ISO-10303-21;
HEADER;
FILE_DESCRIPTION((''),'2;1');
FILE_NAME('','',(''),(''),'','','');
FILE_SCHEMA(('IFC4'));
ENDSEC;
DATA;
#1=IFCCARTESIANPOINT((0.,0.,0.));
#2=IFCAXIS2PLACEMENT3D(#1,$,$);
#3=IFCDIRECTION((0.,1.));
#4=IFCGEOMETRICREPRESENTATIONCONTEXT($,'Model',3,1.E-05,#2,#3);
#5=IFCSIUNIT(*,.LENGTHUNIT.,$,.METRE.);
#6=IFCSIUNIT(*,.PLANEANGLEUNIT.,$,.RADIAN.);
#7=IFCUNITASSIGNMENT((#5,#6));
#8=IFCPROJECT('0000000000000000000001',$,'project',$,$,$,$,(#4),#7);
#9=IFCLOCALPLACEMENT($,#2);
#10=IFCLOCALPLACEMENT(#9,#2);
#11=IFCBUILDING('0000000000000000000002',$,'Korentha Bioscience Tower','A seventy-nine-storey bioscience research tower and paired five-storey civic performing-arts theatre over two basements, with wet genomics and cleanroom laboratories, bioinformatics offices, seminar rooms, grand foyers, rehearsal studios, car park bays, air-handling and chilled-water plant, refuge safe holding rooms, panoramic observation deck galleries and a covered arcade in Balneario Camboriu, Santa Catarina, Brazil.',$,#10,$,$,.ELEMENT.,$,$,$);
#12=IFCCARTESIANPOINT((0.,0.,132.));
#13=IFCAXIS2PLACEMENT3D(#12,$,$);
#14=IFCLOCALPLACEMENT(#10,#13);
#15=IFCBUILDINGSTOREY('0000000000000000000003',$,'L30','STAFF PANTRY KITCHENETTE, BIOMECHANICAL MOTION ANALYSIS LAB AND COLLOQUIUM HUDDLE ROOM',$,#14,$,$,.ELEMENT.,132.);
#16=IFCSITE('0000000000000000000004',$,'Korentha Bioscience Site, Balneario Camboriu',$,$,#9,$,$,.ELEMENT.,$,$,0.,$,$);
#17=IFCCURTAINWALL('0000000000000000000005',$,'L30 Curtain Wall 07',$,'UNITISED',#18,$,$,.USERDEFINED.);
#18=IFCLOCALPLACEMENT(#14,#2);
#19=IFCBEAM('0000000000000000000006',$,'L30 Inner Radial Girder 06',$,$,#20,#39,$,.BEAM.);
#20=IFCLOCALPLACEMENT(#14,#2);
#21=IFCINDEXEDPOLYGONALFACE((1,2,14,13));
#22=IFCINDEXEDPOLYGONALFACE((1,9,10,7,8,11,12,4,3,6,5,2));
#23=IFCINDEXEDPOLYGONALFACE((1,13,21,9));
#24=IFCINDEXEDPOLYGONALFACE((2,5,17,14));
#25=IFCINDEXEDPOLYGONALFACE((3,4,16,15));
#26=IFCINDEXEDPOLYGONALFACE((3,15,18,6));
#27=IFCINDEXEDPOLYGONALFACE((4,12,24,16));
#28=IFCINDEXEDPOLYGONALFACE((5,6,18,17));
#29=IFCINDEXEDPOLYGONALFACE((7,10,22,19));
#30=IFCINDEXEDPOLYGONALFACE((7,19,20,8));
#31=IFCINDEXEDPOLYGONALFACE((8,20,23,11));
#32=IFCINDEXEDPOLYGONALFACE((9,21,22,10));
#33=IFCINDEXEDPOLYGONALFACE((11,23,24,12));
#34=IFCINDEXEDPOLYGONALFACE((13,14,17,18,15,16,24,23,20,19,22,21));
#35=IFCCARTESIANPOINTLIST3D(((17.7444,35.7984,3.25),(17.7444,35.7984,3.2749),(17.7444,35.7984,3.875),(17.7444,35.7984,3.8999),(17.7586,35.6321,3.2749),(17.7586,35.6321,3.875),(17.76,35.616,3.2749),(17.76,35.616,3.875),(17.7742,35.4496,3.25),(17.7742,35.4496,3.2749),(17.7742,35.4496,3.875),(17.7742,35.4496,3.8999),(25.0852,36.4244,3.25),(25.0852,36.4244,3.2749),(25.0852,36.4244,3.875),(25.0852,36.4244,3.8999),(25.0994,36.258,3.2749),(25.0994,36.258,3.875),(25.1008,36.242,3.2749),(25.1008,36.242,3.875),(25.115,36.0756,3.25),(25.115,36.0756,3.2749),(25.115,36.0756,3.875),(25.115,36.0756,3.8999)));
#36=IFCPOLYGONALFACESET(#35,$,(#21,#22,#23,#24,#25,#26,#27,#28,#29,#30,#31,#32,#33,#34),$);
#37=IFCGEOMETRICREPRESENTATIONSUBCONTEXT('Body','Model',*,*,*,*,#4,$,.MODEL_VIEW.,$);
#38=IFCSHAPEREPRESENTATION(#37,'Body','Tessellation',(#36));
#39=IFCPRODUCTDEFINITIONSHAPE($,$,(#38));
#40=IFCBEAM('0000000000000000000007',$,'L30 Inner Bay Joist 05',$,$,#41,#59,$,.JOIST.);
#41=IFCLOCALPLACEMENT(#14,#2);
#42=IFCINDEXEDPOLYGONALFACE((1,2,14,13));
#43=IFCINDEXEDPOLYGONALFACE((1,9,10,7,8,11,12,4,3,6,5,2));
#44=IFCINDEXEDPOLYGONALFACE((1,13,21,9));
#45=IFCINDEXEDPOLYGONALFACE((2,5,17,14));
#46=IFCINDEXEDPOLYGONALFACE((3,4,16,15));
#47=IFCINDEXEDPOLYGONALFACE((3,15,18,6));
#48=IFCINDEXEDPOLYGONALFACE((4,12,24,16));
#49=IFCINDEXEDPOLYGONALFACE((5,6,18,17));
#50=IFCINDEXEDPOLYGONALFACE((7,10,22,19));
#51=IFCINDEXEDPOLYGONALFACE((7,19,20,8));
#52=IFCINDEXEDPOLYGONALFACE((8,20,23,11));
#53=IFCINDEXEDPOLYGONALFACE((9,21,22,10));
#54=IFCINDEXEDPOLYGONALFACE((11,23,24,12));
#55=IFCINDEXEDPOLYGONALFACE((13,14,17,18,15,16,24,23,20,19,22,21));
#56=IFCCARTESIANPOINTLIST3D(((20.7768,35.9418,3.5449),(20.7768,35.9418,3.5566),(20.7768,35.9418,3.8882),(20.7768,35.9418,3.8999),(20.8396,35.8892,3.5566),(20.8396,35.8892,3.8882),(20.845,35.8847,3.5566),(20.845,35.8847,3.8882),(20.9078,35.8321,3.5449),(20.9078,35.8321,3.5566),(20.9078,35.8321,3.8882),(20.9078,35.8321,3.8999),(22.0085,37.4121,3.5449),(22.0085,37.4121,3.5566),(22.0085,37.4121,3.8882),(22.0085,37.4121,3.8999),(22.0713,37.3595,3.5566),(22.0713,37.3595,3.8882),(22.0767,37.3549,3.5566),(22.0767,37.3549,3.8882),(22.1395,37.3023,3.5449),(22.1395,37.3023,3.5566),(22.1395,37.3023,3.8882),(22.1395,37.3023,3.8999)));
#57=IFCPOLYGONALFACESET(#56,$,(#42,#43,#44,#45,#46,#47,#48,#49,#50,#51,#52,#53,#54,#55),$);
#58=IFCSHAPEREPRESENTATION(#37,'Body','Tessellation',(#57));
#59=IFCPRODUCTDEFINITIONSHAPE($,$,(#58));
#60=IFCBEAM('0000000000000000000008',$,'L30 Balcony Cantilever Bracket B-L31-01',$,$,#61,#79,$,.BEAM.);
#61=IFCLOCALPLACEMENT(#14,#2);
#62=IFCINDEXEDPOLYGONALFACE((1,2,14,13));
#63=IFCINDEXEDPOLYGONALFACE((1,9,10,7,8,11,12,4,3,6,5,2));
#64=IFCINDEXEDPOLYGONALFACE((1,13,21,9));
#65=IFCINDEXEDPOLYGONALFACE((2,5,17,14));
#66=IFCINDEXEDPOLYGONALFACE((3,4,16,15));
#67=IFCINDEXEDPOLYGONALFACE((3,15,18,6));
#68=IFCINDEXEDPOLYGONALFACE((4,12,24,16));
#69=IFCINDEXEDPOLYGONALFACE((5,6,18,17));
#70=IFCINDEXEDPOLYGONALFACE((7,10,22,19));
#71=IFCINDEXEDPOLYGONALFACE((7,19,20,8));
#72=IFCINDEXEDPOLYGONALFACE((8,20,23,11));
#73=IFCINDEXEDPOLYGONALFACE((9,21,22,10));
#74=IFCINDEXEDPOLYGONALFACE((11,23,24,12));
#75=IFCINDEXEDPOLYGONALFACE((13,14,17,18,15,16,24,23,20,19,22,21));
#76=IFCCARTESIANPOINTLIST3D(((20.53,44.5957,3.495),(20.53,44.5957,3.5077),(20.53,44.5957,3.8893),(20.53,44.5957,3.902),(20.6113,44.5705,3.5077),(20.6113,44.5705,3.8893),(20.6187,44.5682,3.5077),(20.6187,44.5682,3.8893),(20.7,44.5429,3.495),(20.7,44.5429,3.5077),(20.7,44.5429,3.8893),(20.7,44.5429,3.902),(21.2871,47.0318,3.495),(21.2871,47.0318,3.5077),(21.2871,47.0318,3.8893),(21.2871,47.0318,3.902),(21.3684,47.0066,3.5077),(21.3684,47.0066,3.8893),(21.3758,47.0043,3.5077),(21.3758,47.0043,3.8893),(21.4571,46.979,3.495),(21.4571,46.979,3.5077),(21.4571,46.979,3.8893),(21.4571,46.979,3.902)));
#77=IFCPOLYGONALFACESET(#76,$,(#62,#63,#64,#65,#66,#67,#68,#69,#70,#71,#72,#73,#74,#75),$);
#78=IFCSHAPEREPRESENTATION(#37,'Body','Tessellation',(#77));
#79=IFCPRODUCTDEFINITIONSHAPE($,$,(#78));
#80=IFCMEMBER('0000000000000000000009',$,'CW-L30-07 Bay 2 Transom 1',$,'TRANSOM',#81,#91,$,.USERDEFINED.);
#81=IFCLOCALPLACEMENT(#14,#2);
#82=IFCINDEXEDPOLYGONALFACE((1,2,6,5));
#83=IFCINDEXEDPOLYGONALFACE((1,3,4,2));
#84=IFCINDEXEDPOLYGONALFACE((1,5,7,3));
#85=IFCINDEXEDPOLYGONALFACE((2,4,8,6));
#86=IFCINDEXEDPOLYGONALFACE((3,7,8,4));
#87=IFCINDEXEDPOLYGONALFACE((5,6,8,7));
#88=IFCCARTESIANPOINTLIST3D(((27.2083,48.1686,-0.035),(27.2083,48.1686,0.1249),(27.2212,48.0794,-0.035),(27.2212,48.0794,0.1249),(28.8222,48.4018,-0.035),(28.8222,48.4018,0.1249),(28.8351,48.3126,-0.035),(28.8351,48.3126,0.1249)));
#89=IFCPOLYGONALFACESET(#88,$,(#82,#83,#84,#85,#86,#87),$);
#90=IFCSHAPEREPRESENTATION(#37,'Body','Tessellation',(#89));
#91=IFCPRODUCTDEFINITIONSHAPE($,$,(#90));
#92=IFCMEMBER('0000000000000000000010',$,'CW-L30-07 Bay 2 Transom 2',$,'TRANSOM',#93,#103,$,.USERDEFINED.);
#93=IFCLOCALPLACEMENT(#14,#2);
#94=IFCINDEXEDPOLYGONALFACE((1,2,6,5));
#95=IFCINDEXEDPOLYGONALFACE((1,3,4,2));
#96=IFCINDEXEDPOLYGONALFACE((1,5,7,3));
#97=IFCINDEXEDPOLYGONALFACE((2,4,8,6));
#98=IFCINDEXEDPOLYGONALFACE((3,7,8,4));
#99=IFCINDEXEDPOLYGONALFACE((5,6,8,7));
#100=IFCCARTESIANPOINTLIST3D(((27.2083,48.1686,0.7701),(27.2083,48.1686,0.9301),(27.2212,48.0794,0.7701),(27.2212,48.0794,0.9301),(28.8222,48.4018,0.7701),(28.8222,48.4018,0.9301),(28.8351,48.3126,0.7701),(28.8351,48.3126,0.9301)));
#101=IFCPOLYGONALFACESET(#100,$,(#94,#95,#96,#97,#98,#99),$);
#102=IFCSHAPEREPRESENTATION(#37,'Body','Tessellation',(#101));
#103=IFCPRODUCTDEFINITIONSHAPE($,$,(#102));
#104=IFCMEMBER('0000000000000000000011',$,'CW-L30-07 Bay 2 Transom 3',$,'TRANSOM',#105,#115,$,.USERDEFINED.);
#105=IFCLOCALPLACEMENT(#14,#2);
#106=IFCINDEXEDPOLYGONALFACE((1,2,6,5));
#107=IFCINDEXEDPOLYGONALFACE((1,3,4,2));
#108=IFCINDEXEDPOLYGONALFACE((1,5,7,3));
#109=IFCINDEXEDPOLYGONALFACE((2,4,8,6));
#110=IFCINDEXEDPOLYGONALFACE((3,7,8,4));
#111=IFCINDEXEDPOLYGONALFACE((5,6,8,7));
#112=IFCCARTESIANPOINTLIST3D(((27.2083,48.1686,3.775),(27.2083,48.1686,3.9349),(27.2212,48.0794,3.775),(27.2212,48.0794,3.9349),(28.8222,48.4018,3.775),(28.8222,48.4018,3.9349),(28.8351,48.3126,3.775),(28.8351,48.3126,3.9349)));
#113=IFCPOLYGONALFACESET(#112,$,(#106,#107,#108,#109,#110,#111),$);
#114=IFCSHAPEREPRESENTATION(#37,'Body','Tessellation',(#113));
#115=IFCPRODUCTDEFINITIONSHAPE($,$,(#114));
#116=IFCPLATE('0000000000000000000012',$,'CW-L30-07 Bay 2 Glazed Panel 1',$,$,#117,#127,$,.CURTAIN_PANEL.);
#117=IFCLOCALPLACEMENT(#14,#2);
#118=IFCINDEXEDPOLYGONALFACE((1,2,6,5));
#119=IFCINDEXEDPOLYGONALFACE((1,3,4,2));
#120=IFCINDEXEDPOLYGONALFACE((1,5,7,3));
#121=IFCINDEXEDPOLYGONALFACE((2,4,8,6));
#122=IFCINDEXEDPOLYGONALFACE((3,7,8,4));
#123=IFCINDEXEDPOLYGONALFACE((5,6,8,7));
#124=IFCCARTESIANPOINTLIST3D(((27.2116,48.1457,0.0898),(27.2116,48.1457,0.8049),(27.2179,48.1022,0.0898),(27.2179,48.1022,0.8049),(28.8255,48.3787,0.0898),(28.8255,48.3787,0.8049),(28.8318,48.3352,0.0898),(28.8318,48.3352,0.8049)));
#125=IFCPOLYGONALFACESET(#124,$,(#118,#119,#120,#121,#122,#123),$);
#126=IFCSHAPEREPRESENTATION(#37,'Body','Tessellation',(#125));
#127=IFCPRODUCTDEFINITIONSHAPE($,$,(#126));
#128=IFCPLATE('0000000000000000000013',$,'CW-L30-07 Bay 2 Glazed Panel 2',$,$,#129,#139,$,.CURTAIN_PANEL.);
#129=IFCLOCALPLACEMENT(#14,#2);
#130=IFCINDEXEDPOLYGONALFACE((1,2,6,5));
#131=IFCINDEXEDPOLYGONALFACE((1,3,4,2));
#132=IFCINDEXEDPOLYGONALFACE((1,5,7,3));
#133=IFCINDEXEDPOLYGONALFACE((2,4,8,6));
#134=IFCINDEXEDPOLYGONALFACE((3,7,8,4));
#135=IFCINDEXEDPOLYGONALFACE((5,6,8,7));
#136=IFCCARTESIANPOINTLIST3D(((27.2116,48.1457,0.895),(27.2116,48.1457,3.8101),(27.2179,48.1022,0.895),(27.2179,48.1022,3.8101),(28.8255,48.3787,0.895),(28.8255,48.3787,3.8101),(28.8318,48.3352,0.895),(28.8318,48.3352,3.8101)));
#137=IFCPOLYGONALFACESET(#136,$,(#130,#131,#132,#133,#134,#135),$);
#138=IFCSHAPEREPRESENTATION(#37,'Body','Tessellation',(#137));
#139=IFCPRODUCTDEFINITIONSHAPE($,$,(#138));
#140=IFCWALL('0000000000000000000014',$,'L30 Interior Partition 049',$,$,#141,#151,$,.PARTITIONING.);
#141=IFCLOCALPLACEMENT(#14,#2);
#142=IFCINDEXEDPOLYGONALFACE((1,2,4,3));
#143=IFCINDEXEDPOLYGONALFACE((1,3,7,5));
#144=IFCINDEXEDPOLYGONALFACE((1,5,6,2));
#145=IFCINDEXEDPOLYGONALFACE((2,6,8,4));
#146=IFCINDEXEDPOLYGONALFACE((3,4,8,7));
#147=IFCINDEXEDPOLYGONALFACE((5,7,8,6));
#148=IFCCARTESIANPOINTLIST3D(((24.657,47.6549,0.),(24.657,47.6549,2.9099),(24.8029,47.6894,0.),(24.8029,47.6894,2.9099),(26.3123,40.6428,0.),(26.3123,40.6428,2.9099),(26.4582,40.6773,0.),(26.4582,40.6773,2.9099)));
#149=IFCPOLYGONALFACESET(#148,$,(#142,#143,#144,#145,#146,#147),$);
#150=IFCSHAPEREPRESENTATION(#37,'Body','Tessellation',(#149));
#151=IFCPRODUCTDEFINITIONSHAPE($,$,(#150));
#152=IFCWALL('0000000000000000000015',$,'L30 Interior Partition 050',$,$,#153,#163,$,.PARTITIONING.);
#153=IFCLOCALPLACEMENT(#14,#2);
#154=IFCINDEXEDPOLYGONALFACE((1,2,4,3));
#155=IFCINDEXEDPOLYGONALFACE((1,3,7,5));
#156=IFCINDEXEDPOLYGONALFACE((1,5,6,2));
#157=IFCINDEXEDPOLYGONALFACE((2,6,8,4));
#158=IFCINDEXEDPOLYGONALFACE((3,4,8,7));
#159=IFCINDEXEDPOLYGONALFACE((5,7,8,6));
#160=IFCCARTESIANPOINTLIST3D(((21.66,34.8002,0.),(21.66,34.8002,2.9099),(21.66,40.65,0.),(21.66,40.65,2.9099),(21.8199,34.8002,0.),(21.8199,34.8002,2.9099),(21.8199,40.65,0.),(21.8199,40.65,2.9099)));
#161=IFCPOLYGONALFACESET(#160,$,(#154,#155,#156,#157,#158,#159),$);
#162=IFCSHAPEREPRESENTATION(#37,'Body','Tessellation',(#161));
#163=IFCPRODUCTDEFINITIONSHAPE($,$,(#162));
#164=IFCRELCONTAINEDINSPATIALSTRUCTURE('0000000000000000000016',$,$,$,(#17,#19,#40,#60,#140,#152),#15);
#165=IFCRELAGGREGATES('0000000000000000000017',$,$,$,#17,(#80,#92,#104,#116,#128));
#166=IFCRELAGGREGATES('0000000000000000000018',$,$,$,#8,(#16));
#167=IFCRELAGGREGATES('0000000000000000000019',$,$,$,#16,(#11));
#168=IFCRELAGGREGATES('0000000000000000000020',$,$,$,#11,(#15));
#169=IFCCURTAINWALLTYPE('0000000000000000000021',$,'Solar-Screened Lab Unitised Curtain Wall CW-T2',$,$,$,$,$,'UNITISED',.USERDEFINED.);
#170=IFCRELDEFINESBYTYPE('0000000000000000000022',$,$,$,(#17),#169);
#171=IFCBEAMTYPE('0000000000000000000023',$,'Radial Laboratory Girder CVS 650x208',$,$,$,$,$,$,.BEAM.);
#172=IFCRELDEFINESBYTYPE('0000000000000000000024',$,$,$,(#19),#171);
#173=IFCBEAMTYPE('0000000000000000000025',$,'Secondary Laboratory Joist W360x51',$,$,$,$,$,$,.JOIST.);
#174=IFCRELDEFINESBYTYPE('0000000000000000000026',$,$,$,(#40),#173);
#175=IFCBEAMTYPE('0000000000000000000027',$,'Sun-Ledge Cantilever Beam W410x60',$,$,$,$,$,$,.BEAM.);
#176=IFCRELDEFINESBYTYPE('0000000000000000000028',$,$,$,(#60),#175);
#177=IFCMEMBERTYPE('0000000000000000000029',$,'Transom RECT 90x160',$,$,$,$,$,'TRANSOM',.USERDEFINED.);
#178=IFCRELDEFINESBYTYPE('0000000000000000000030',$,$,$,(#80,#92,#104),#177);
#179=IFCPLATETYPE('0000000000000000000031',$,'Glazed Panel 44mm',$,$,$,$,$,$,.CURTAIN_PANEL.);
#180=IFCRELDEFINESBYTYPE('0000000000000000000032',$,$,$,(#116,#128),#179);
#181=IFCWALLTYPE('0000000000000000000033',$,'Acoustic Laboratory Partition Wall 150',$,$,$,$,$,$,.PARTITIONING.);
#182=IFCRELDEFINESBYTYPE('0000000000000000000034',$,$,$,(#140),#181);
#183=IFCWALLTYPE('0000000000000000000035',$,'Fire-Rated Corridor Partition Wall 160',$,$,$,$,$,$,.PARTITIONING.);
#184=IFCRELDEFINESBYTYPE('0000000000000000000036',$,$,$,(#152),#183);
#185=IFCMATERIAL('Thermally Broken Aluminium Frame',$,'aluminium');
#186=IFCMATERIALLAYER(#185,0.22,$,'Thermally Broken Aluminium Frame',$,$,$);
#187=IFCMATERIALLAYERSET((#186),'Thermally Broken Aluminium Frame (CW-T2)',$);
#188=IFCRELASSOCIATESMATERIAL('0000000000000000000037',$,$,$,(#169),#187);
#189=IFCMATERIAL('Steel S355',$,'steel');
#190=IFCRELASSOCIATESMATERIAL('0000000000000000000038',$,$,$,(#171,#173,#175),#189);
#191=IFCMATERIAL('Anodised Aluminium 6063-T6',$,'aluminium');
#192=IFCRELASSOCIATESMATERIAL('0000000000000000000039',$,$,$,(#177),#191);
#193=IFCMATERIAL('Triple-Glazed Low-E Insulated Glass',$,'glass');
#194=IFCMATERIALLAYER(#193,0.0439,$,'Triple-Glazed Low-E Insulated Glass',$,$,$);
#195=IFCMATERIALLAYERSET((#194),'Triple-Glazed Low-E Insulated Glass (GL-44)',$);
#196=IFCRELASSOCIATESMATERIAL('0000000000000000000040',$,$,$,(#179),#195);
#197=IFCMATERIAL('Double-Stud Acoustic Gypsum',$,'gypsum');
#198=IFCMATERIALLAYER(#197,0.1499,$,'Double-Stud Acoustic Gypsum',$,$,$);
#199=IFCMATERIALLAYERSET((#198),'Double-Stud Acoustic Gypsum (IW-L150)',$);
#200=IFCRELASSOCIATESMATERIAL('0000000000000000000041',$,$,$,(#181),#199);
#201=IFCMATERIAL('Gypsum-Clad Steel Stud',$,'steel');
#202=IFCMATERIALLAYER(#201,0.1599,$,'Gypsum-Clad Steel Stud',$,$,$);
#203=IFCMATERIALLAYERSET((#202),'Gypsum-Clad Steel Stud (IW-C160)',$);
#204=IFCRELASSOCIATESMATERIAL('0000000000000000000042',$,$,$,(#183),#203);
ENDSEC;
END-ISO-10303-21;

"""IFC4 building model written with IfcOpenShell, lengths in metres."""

from ifc_helpers import new_model, si_unit, direction, frame, frame_2d, origin, origin_2d, place, context, subcontext, project, spatial, rectangle, i_section, extrude, material, layer, layer_set, material_profile, profile_set, type_object, element, aggregate, save


model = new_model("IFC4")

# Units and contexts
model_context = context("Model", 3, precision=1e-05, world=origin(), true_north=direction((0.0, 1.0)))
body_context = subcontext(model_context, "Body", "Model", "MODEL_VIEW")
ifc_project = project(units=[si_unit("LENGTHUNIT", "METRE"), si_unit("PLANEANGLEUNIT", "RADIAN")], contexts=[model_context])

# Site, building, storey
site_placement = place(None, origin())
site = spatial("IfcSite", under=ifc_project, at=site_placement, Name="Korentha Bioscience Site, Balneario Camboriu", CompositionType="ELEMENT", RefElevation=0.0)
building_placement = place(site_placement, origin())
building = spatial("IfcBuilding", under=site, at=building_placement, Name="Korentha Bioscience Tower", Description="A seventy-nine-storey bioscience research tower and paired five-storey civic performing-arts theatre over two basements, with wet genomics and cleanroom laboratories, bioinformatics offices, seminar rooms, grand foyers, rehearsal studios, car park bays, air-handling and chilled-water plant, refuge safe holding rooms, panoramic observation deck galleries and a covered arcade in Balneario Camboriu, Santa Catarina, Brazil.", CompositionType="ELEMENT")
storey_placement = place(building_placement, frame((0.0, 0.0, 132.0)))
storey = spatial("IfcBuildingStorey", under=building, at=storey_placement, Name="L30", Description="STAFF PANTRY KITCHENETTE, BIOMECHANICAL MOTION ANALYSIS LAB AND COLLOQUIUM HUDDLE ROOM", CompositionType="ELEMENT", Elevation=132.0)

# Shared definitions
ifc_material_1 = material(Name="Steel S355", Category="steel")

# Curtain wall
ifc_material_2 = material(Name="Thermally Broken Aluminium Frame", Category="aluminium")
ifc_layer_1 = layer(ifc_material_2, 0.22, Name="Thermally Broken Aluminium Frame")
ifc_layer_set_1 = layer_set([ifc_layer_1], Name="Thermally Broken Aluminium Frame (CW-T2)")
curtain_wall_type = type_object("IfcCurtainWallType", Name="Solar-Screened Lab Unitised Curtain Wall CW-T2", ElementType="UNITISED", PredefinedType="USERDEFINED", material=ifc_layer_set_1)
curtain_wall_placement = place(storey_placement, origin())
curtain_wall = element("IfcCurtainWall", 1, at=curtain_wall_placement, inside=storey, type_object=curtain_wall_type, Name="L30 Curtain Wall 07", ObjectType="UNITISED", PredefinedType="USERDEFINED")
ifc_material_3 = material(Name="Anodised Aluminium 6063-T6", Category="aluminium")

# Beams
ifc_material_profile_1 = material_profile(ifc_material_1, i_section(OverallWidth=0.3501, OverallDepth=0.6499, WebThickness=0.0161, FlangeThickness=0.0249, at=origin_2d()), Name="Steel S355")
ifc_profile_set_1 = profile_set([ifc_material_profile_1], Name="Steel S355 (RB-650)")
beam_type_1 = type_object("IfcBeamType", Name="Radial Laboratory Girder CVS 650x208", PredefinedType="BEAM", material=ifc_profile_set_1)
beam_1_placement = place(storey_placement, frame((25.1001, 36.25, 3.575), z_axis=(-0.996384, -0.084965, 0.0), x_axis=(0.084965, -0.996384, 0.0)))
element("IfcBeam", 2, at=beam_1_placement, inside=storey, type_object=beam_type_1, Name="L30 Inner Radial Girder 06", PredefinedType="BEAM", context=body_context, shape_type="SweptSolid", body=[
    extrude(i_section(OverallWidth=0.3501, OverallDepth=0.6499, WebThickness=0.0161, FlangeThickness=0.0249, at=origin_2d()), origin(), (0.0, 0.0, 1.0), 7.3674),
])
ifc_material_profile_2 = material_profile(ifc_material_1, i_section(OverallWidth=0.1709, OverallDepth=0.355, WebThickness=0.0071, FlangeThickness=0.0117, at=origin_2d()), Name="Steel S355")
ifc_profile_set_2 = profile_set([ifc_material_profile_2], Name="Steel S355 (JB-360)")
beam_type_2 = type_object("IfcBeamType", Name="Secondary Laboratory Joist W360x51", PredefinedType="JOIST", material=ifc_profile_set_2)
beam_2_placement = place(storey_placement, frame((22.074, 37.3572, 3.7224), z_axis=(-0.642185, -0.766549, 0.0), x_axis=(0.766549, -0.642185, 0.0)))
element("IfcBeam", 3, at=beam_2_placement, inside=storey, type_object=beam_type_2, Name="L30 Inner Bay Joist 05", PredefinedType="JOIST", context=body_context, shape_type="SweptSolid", body=[
    extrude(i_section(OverallWidth=0.1709, OverallDepth=0.355, WebThickness=0.0071, FlangeThickness=0.0117, at=origin_2d()), origin(), (0.0, 0.0, 1.0), 1.918),
])
ifc_material_profile_3 = material_profile(ifc_material_1, i_section(OverallWidth=0.178, OverallDepth=0.407, WebThickness=0.0078, FlangeThickness=0.0127, at=origin_2d()), Name="Steel S355")
ifc_profile_set_3 = profile_set([ifc_material_profile_3], Name="Steel S355 (CB-410)")
beam_type_3 = type_object("IfcBeamType", Name="Sun-Ledge Cantilever Beam W410x60", PredefinedType="BEAM", material=ifc_profile_set_3)
beam_3_placement = place(storey_placement, frame((20.615, 44.5693, 3.6985), z_axis=(0.296781, 0.954945, 0.0), x_axis=(-0.954945, 0.296781, 0.0)))
element("IfcBeam", 4, at=beam_3_placement, inside=storey, type_object=beam_type_3, Name="L30 Balcony Cantilever Bracket B-L31-01", PredefinedType="BEAM", context=body_context, shape_type="SweptSolid", body=[
    extrude(i_section(OverallWidth=0.178, OverallDepth=0.407, WebThickness=0.0078, FlangeThickness=0.0127, at=origin_2d()), origin(), (0.0, 0.0, 1.0), 2.551),
])

# Members
ifc_material_profile_4 = material_profile(ifc_material_3, rectangle(XDim=0.0901, YDim=0.1599, at=origin_2d()), Name="Anodised Aluminium 6063-T6")
ifc_profile_set_4 = profile_set([ifc_material_profile_4], Name="Anodised Aluminium 6063-T6 (CW-TRN)")
member_type_1 = type_object("IfcMemberType", Name="Transom RECT 90x160", ElementType="TRANSOM", PredefinedType="USERDEFINED", material=ifc_profile_set_4)
member_1_placement = place(storey_placement, frame((28.8286, 48.3572, 0.0449), z_axis=(-0.989724, -0.142993, 0.0), x_axis=(0.142993, -0.989724, 0.0)))
member_1 = element("IfcMember", 5, at=member_1_placement, type_object=member_type_1, Name="CW-L30-07 Bay 2 Transom 1", ObjectType="TRANSOM", PredefinedType="USERDEFINED", context=body_context, shape_type="SweptSolid", body=[
    extrude(rectangle(XDim=0.0901, YDim=0.1599, at=origin_2d()), origin(), (0.0, 0.0, 1.0), 1.6306),
])
member_2_placement = place(storey_placement, frame((28.8286, 48.3572, 0.8501), z_axis=(-0.989724, -0.142993, 0.0), x_axis=(0.142993, -0.989724, 0.0)))
member_2 = element("IfcMember", 6, at=member_2_placement, type_object=member_type_1, Name="CW-L30-07 Bay 2 Transom 2", ObjectType="TRANSOM", PredefinedType="USERDEFINED", context=body_context, shape_type="SweptSolid", body=[
    extrude(rectangle(XDim=0.0901, YDim=0.1599, at=origin_2d()), origin(), (0.0, 0.0, 1.0), 1.6306),
])
member_3_placement = place(storey_placement, frame((28.8286, 48.3572, 3.855), z_axis=(-0.989724, -0.142993, 0.0), x_axis=(0.142993, -0.989724, 0.0)))
member_3 = element("IfcMember", 7, at=member_3_placement, type_object=member_type_1, Name="CW-L30-07 Bay 2 Transom 3", ObjectType="TRANSOM", PredefinedType="USERDEFINED", context=body_context, shape_type="SweptSolid", body=[
    extrude(rectangle(XDim=0.0901, YDim=0.1599, at=origin_2d()), origin(), (0.0, 0.0, 1.0), 1.6306),
])

# Plates
ifc_material_4 = material(Name="Triple-Glazed Low-E Insulated Glass", Category="glass")
ifc_layer_2 = layer(ifc_material_4, 0.0439, Name="Triple-Glazed Low-E Insulated Glass")
ifc_layer_set_2 = layer_set([ifc_layer_2], Name="Triple-Glazed Low-E Insulated Glass (GL-44)")
plate_type = type_object("IfcPlateType", Name="Glazed Panel 44mm", PredefinedType="CURTAIN_PANEL", material=ifc_layer_set_2)
plate_1_placement = place(storey_placement, frame((28.0217, 48.2405, 0.0898), z_axis=(0.0, 0.0, 1.0), x_axis=(-0.989738, -0.142892, 0.0)))
plate_1 = element("IfcPlate", 8, at=plate_1_placement, type_object=plate_type, Name="CW-L30-07 Bay 2 Glazed Panel 1", PredefinedType="CURTAIN_PANEL", context=body_context, shape_type="SweptSolid", body=[
    extrude(rectangle(XDim=1.6306, YDim=0.0439, at=origin_2d()), origin(), (0.0, 0.0, 1.0), 0.7151),
])
plate_2_placement = place(storey_placement, frame((28.0217, 48.2405, 0.895), z_axis=(0.0, 0.0, 1.0), x_axis=(-0.989738, -0.142892, 0.0)))
plate_2 = element("IfcPlate", 9, at=plate_2_placement, type_object=plate_type, Name="CW-L30-07 Bay 2 Glazed Panel 2", PredefinedType="CURTAIN_PANEL", context=body_context, shape_type="SweptSolid", body=[
    extrude(rectangle(XDim=1.6306, YDim=0.0439, at=origin_2d()), origin(), (0.0, 0.0, 1.0), 2.915),
])
aggregate(curtain_wall, [member_1, member_2, member_3, plate_1, plate_2])

# Wall
ifc_material_5 = material(Name="Double-Stud Acoustic Gypsum", Category="gypsum")
ifc_layer_3 = layer(ifc_material_5, 0.1499, Name="Double-Stud Acoustic Gypsum")
ifc_layer_set_3 = layer_set([ifc_layer_3], Name="Double-Stud Acoustic Gypsum (IW-L150)")
wall_type_1 = type_object("IfcWallType", Name="Acoustic Laboratory Partition Wall 150", PredefinedType="PARTITIONING", material=ifc_layer_set_3)
wall_1_placement = place(storey_placement, frame((26.3853, 40.6599, 0.0), z_axis=(0.0, 0.0, 1.0), x_axis=(-0.229742, 0.973252, 0.0)))
element("IfcWall", 10, at=wall_1_placement, inside=storey, type_object=wall_type_1, Name="L30 Interior Partition 049", PredefinedType="PARTITIONING", context=body_context, shape_type="SweptSolid", body=[
    extrude(rectangle(XDim=7.2048, YDim=0.1499, at=frame_2d((3.6025, 0.0))), origin(), (0.0, 0.0, 1.0), 2.9099),
])

# Shared definitions
ifc_material_6 = material(Name="Gypsum-Clad Steel Stud", Category="steel")
ifc_layer_4 = layer(ifc_material_6, 0.1599, Name="Gypsum-Clad Steel Stud")
ifc_layer_set_4 = layer_set([ifc_layer_4], Name="Gypsum-Clad Steel Stud (IW-C160)")
wall_type_2 = type_object("IfcWallType", Name="Fire-Rated Corridor Partition Wall 160", PredefinedType="PARTITIONING", material=ifc_layer_set_4)

# Wall
wall_2_placement = place(storey_placement, frame((21.74, 40.6499, 0.0), z_axis=(0.0, 0.0, 1.0), x_axis=(0.0, -1.0, 0.0)))
element("IfcWall", 11, at=wall_2_placement, inside=storey, type_object=wall_type_2, Name="L30 Interior Partition 050", PredefinedType="PARTITIONING", context=body_context, shape_type="SweptSolid", body=[
    extrude(rectangle(XDim=5.8499, YDim=0.1599, at=frame_2d((2.9248, 0.0))), origin(), (0.0, 0.0, 1.0), 2.9099),
])

save(model, "model.ifc")
